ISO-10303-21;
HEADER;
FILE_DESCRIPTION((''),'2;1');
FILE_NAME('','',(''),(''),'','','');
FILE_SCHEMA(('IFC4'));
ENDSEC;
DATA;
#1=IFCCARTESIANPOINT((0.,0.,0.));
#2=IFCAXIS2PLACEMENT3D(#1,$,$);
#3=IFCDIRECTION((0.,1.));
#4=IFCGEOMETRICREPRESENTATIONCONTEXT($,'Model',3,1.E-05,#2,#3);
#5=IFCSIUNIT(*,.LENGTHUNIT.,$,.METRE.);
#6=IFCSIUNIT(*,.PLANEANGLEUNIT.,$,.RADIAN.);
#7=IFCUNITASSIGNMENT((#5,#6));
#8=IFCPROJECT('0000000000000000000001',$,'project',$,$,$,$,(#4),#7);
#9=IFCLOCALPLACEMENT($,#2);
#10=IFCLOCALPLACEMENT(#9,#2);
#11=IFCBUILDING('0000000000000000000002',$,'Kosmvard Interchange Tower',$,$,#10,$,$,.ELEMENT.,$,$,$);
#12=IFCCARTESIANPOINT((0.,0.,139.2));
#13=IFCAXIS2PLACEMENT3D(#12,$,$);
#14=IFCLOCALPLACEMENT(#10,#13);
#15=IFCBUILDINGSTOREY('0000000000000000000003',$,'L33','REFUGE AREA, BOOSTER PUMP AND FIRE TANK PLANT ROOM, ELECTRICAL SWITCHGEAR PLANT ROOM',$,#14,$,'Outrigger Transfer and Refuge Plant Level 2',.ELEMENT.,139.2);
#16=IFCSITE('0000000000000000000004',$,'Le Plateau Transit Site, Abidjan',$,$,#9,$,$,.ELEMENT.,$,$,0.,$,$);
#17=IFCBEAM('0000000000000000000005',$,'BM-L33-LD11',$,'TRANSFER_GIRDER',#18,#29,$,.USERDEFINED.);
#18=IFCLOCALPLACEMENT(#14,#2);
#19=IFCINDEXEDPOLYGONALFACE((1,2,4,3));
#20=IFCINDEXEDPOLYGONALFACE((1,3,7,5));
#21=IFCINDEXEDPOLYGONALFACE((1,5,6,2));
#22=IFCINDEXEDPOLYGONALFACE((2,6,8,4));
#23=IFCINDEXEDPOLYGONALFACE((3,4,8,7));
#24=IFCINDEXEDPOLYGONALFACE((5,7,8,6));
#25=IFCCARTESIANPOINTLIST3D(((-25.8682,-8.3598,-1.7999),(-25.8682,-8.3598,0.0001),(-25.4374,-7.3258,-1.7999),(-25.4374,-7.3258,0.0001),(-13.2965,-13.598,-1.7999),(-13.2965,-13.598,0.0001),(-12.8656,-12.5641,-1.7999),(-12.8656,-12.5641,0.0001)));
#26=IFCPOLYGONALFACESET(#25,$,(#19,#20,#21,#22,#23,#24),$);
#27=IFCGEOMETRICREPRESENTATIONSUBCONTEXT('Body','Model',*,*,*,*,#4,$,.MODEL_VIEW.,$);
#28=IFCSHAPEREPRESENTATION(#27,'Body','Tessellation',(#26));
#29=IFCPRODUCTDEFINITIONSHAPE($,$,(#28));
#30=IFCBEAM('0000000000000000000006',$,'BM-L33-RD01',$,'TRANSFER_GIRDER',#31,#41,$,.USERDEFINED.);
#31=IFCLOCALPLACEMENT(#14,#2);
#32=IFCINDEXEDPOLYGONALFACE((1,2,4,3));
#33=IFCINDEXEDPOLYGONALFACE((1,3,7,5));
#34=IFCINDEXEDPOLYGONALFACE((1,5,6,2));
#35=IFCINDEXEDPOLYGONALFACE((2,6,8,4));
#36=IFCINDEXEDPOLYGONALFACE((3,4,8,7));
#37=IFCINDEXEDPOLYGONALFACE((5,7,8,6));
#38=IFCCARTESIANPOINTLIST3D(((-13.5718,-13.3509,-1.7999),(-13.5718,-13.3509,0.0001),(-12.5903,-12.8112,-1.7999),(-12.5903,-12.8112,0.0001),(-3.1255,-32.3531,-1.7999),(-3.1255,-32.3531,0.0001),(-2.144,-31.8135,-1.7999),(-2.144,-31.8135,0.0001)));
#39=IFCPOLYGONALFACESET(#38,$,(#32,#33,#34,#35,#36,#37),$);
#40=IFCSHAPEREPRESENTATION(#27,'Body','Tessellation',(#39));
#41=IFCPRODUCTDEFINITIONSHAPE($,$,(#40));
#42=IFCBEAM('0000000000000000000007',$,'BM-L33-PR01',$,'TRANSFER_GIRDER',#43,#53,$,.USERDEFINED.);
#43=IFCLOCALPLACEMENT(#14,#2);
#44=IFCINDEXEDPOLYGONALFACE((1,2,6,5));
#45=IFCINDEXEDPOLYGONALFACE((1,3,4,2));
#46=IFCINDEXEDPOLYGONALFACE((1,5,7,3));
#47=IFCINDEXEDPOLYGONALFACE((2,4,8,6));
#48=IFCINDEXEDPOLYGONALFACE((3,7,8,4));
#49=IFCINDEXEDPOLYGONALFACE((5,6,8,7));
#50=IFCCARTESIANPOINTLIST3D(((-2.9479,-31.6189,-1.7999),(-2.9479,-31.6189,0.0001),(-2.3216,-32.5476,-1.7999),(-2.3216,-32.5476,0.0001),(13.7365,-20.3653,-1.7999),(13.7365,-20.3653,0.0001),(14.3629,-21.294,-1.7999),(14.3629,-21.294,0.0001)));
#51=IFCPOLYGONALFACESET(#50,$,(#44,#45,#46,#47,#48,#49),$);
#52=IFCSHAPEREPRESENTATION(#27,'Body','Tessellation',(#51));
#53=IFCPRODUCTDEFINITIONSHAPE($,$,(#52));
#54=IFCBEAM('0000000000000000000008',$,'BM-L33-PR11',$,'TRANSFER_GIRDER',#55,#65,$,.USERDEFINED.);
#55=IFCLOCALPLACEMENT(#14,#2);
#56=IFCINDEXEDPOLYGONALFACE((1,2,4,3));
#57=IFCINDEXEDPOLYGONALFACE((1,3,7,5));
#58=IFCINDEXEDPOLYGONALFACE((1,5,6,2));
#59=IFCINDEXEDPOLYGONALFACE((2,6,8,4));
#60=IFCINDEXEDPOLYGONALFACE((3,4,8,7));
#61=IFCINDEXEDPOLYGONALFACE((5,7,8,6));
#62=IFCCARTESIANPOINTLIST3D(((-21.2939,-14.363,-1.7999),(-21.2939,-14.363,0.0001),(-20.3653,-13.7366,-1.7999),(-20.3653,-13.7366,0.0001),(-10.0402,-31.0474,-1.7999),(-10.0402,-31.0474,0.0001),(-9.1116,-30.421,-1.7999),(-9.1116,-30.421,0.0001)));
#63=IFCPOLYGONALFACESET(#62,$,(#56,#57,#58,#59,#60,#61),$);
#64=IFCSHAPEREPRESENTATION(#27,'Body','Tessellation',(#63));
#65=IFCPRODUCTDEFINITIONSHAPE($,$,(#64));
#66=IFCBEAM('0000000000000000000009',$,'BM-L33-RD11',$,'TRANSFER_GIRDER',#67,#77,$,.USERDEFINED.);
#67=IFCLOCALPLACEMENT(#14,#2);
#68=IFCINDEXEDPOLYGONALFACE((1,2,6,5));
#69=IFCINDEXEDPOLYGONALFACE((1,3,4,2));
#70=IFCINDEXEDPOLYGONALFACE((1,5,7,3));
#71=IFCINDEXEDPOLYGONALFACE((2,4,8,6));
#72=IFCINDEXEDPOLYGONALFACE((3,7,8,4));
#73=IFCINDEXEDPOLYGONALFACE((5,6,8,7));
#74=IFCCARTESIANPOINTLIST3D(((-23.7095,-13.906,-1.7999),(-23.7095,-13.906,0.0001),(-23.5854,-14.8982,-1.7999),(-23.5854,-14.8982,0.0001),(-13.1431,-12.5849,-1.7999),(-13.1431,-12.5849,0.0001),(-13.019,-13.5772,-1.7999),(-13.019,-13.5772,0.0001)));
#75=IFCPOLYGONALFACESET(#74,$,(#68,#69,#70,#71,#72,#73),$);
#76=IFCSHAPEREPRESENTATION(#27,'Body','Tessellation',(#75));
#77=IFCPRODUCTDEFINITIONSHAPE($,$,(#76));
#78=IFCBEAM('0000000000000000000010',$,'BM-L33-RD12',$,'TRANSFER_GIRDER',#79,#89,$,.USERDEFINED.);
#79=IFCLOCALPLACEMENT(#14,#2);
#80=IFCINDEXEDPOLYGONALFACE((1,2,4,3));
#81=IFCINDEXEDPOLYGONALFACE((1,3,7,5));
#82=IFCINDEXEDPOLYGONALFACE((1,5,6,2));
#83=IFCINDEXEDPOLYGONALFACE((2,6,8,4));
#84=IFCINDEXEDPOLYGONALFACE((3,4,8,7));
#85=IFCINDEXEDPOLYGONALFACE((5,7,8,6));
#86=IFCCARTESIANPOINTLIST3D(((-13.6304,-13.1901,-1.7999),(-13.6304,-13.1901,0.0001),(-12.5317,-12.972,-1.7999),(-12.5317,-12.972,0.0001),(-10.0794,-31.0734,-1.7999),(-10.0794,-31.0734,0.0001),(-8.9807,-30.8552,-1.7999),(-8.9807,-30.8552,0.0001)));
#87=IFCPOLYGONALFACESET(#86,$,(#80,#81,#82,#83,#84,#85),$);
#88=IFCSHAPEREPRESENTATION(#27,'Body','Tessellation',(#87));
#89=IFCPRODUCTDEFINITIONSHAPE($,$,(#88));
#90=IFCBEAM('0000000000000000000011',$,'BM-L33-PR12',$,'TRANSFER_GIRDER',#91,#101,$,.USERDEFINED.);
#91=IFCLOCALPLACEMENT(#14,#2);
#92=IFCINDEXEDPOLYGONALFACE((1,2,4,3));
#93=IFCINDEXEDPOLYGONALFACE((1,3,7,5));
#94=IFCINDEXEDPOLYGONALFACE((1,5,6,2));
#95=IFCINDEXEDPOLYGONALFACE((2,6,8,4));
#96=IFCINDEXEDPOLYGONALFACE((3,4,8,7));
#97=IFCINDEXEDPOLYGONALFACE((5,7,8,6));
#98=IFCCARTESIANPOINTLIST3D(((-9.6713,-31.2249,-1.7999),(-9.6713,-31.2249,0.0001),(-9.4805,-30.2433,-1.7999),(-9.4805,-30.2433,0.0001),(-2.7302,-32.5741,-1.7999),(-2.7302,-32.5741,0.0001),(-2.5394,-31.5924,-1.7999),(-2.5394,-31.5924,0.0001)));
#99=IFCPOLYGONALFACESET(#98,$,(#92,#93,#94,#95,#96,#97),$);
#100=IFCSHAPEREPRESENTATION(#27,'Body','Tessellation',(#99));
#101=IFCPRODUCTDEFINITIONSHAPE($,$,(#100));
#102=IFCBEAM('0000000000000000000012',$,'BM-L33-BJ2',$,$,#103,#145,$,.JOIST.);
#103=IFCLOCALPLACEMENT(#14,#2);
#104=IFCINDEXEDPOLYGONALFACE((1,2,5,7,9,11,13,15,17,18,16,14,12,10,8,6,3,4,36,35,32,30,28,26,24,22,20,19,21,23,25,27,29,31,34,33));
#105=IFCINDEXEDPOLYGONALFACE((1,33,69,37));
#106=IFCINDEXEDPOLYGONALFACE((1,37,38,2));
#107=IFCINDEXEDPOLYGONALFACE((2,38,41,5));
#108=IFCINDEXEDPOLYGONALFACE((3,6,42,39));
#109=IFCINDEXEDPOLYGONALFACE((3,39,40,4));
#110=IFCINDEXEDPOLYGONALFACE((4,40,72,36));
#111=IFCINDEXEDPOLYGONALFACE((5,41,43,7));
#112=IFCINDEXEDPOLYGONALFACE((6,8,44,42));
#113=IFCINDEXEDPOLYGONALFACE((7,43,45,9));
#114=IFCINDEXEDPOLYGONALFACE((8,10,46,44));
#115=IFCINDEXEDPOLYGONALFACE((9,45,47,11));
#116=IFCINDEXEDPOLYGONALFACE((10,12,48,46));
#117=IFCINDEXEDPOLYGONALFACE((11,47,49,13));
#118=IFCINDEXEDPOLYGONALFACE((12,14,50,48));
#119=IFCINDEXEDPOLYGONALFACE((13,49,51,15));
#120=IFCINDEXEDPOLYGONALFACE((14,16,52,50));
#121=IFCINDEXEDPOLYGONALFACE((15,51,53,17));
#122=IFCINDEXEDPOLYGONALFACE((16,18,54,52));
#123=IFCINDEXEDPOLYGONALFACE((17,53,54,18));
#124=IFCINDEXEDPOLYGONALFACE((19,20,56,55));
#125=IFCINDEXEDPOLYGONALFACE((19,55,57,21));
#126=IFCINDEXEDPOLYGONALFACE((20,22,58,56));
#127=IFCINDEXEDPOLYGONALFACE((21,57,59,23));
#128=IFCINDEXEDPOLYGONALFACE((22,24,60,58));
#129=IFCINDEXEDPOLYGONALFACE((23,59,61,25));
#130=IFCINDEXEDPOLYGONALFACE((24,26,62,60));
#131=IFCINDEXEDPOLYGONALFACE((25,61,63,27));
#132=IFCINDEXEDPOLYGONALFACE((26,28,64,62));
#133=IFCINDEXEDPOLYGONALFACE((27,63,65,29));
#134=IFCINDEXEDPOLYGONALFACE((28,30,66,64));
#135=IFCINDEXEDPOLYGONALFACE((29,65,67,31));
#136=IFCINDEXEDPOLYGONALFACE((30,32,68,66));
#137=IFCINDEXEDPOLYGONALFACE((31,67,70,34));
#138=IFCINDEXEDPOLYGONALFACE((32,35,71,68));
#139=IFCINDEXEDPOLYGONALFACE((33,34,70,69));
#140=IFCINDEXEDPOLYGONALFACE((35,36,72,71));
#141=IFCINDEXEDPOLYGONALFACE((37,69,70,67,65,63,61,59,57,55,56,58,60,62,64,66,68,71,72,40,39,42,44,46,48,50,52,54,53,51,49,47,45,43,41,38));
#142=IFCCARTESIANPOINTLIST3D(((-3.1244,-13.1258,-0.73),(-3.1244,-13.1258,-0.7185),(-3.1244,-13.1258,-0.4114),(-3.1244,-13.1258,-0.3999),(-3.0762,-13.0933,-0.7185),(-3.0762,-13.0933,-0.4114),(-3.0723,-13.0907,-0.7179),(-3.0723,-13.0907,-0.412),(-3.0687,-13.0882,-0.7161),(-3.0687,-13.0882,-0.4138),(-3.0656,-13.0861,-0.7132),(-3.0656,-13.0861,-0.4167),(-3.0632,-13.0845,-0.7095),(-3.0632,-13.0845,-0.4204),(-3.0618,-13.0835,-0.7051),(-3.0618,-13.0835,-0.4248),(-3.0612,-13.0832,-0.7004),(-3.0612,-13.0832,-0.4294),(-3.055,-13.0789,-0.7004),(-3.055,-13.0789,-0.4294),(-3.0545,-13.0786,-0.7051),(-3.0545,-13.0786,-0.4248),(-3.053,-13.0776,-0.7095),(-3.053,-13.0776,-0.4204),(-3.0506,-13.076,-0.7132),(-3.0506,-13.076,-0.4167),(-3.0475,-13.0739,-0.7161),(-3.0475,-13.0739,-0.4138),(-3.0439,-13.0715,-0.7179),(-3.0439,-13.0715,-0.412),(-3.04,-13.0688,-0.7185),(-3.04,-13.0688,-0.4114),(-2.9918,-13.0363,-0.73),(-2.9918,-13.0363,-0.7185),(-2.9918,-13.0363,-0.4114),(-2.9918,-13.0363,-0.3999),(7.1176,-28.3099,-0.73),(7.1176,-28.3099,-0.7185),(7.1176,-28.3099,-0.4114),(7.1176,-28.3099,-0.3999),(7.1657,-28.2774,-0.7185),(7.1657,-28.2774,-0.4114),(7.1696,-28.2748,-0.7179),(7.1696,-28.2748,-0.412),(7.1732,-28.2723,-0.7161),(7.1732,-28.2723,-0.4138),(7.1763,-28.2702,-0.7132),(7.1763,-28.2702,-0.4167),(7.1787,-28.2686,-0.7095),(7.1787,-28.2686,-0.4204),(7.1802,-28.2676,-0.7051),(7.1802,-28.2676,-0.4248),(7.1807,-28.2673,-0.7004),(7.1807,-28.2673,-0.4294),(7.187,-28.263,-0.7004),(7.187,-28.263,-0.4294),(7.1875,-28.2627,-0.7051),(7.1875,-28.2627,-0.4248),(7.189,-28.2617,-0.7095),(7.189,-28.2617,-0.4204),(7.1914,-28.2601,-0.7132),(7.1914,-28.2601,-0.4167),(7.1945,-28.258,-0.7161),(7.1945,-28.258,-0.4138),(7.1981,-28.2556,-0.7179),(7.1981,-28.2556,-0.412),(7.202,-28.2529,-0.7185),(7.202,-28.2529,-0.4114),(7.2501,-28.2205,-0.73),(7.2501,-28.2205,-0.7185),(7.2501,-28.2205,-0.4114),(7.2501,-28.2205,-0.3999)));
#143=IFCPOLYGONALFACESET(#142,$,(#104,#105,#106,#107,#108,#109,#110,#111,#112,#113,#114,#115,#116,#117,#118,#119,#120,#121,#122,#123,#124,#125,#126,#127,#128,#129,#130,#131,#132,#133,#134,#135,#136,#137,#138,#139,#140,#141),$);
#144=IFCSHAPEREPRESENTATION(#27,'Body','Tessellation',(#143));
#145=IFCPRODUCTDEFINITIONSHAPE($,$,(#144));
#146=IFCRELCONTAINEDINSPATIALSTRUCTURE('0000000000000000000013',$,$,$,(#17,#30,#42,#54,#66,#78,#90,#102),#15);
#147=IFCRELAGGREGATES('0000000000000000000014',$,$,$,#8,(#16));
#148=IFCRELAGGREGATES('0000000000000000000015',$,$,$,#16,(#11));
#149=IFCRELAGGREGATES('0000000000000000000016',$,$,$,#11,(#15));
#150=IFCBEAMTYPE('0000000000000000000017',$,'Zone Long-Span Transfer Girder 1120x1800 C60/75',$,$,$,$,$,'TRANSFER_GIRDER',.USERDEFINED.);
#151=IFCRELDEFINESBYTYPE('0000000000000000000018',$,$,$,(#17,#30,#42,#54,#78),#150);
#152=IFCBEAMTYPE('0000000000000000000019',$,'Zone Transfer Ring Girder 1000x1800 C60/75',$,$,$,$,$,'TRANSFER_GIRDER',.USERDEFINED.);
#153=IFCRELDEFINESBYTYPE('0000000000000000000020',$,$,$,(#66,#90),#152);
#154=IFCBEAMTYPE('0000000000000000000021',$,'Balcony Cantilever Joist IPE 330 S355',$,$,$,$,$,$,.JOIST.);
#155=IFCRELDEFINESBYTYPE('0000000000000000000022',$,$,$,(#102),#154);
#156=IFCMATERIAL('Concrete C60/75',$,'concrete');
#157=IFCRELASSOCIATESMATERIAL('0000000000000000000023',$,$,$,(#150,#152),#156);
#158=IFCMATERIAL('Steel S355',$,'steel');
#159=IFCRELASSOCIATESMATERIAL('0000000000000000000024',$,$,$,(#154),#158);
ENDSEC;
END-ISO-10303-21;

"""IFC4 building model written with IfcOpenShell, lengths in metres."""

from ifc_helpers import new_model, si_unit, direction, frame, origin, origin_2d, place, context, subcontext, project, spatial, rectangle, i_section, extrude, source, transform, mapped, material, material_profile, profile_set, type_object, element, save


model = new_model("IFC4")

# Units and contexts
model_context = context("Model", 3, precision=1e-05, world=origin(), true_north=direction((0.0, 1.0)))
body_context = subcontext(model_context, "Body", "Model", "MODEL_VIEW")
ifc_project = project(units=[si_unit("LENGTHUNIT", "METRE"), si_unit("PLANEANGLEUNIT", "RADIAN")], contexts=[model_context])

# Site, building, storey
site_placement = place(None, origin())
site = spatial("IfcSite", under=ifc_project, at=site_placement, Name="Le Plateau Transit Site, Abidjan", CompositionType="ELEMENT", RefElevation=0.0)
building_placement = place(site_placement, origin())
building = spatial("IfcBuilding", under=site, at=building_placement, Name="Kosmvard Interchange Tower", CompositionType="ELEMENT")
storey_placement = place(building_placement, frame((0.0, 0.0, 139.2)))
storey = spatial("IfcBuildingStorey", under=building, at=storey_placement, Name="L33", Description="REFUGE AREA, BOOSTER PUMP AND FIRE TANK PLANT ROOM, ELECTRICAL SWITCHGEAR PLANT ROOM", LongName="Outrigger Transfer and Refuge Plant Level 2", CompositionType="ELEMENT", Elevation=139.2)

# Shared definitions
ifc_material_1 = material(Name="Concrete C60/75", Category="concrete")
ifc_material_profile_1 = material_profile(ifc_material_1, rectangle(XDim=1.1201, YDim=1.8, at=origin_2d()), Name="TG 1120x1800")
ifc_profile_set_1 = profile_set([ifc_material_profile_1], Name="Concrete C60/75")
beam_type_1 = type_object("IfcBeamType", Name="Zone Long-Span Transfer Girder 1120x1800 C60/75", ElementType="TRANSFER_GIRDER", PredefinedType="USERDEFINED", material=ifc_profile_set_1)
ifc_material_profile_2 = material_profile(ifc_material_1, rectangle(XDim=1.0, YDim=1.8, at=origin_2d()), Name="TG 1000x1800")
ifc_profile_set_2 = profile_set([ifc_material_profile_2], Name="Concrete C60/75")
beam_type_2 = type_object("IfcBeamType", Name="Zone Transfer Ring Girder 1000x1800 C60/75", ElementType="TRANSFER_GIRDER", PredefinedType="USERDEFINED", material=ifc_profile_set_2)

# Beams
shared_shape_1 = source(origin(), body_context, "Body", "SweptSolid", [
    extrude(rectangle(XDim=1.1201, YDim=1.8, at=origin_2d()), origin(), (0.0, 0.0, 1.0), 13.6194),
])
beam_1_placement = place(storey_placement, frame((-13.0811, -13.0811, -0.8999), z_axis=(-0.923076, 0.384618, 0.0), x_axis=(-0.384618, -0.923076, 0.0)))
element("IfcBeam", 1, at=beam_1_placement, inside=storey, type_object=beam_type_1, Name="BM-L33-LD11", ObjectType="TRANSFER_GIRDER", PredefinedType="USERDEFINED", context=body_context, shape_type="MappedRepresentation", body=[
    mapped(shared_shape_1, transform((0.0, 0.0, 0.0), scale=1.0)),
])
shared_shape_2 = source(origin(), body_context, "Body", "SweptSolid", [
    extrude(rectangle(XDim=1.1201, YDim=1.8, at=origin_2d()), origin(), (0.0, 0.0, 1.0), 21.6843),
])
beam_2_placement = place(storey_placement, frame((-13.0811, -13.0811, -0.8999), z_axis=(0.481745, -0.876312, 0.0), x_axis=(0.876312, 0.481745, 0.0)))
element("IfcBeam", 2, at=beam_2_placement, inside=storey, type_object=beam_type_1, Name="BM-L33-RD01", ObjectType="TRANSFER_GIRDER", PredefinedType="USERDEFINED", context=body_context, shape_type="MappedRepresentation", body=[
    mapped(shared_shape_2, transform((0.0, 0.0, 0.0), scale=1.0)),
])
shared_shape_3 = source(origin(), body_context, "Body", "SweptSolid", [
    extrude(rectangle(XDim=1.1201, YDim=1.8, at=origin_2d()), origin(), (0.0, 0.0, 1.0), 20.125),
])
for number, where, z_axis, x_axis, name in (
    (3, (-2.6348, -32.0833, -0.8999), (0.829043, 0.559185, 0.0), (-0.559185, 0.829043, 0.0), "BM-L33-PR01"),
    (4, (-20.8296, -14.0498, -0.8999), (0.559191, -0.829039, 0.0), (0.829039, 0.559191, 0.0), "BM-L33-PR11"),
):
    element("IfcBeam", number, at=place(storey_placement, frame(where, z_axis=z_axis, x_axis=x_axis)), inside=storey, type_object=beam_type_1, Name=name, ObjectType="TRANSFER_GIRDER", PredefinedType="USERDEFINED", context=body_context, shape_type="MappedRepresentation", body=[
        mapped(shared_shape_3, transform((0.0, 0.0, 0.0), scale=1.0)),
    ])
shared_shape_4 = source(origin(), body_context, "Body", "SweptSolid", [
    extrude(rectangle(XDim=1.0, YDim=1.8, at=origin_2d()), origin(), (0.0, 0.0, 1.0), 10.6487),
])
beam_3_placement = place(storey_placement, frame((-13.0811, -13.0811, -0.8999), z_axis=(-0.992275, -0.124057, 0.0), x_axis=(0.124057, -0.992275, 0.0)))
element("IfcBeam", 5, at=beam_3_placement, inside=storey, type_object=beam_type_2, Name="BM-L33-RD11", ObjectType="TRANSFER_GIRDER", PredefinedType="USERDEFINED", context=body_context, shape_type="MappedRepresentation", body=[
    mapped(shared_shape_4, transform((0.0, 0.0, 0.0), scale=1.0)),
])
shared_shape_5 = source(origin(), body_context, "Body", "SweptSolid", [
    extrude(rectangle(XDim=1.1201, YDim=1.8, at=origin_2d()), origin(), (0.0, 0.0, 1.0), 18.2324),
])
beam_4_placement = place(storey_placement, frame((-13.0811, -13.0811, -0.8999), z_axis=(0.194764, -0.98085, 0.0), x_axis=(0.98085, 0.194764, 0.0)))
element("IfcBeam", 6, at=beam_4_placement, inside=storey, type_object=beam_type_1, Name="BM-L33-RD12", ObjectType="TRANSFER_GIRDER", PredefinedType="USERDEFINED", context=body_context, shape_type="MappedRepresentation", body=[
    mapped(shared_shape_5, transform((0.0, 0.0, 0.0), scale=1.0)),
])
shared_shape_6 = source(origin(), body_context, "Body", "SweptSolid", [
    extrude(rectangle(XDim=1.0, YDim=1.8, at=origin_2d()), origin(), (0.0, 0.0, 1.0), 7.071),
])
beam_5_placement = place(storey_placement, frame((-9.5759, -30.7341, -0.8999), z_axis=(0.98163, -0.190795, 0.0), x_axis=(0.190795, 0.98163, 0.0)))
element("IfcBeam", 7, at=beam_5_placement, inside=storey, type_object=beam_type_2, Name="BM-L33-PR12", ObjectType="TRANSFER_GIRDER", PredefinedType="USERDEFINED", context=body_context, shape_type="MappedRepresentation", body=[
    mapped(shared_shape_6, transform((0.0, 0.0, 0.0), scale=1.0)),
])
ifc_material_2 = material(Name="Steel S355", Category="steel")
ifc_material_profile_3 = material_profile(ifc_material_2, i_section(OverallWidth=0.1599, OverallDepth=0.3301, WebThickness=0.0076, FlangeThickness=0.0115, FilletRadius=0.0181, at=origin_2d()), Name="IPE 330")
ifc_profile_set_3 = profile_set([ifc_material_profile_3], Name="Steel S355")
beam_type_3 = type_object("IfcBeamType", Name="Balcony Cantilever Joist IPE 330 S355", PredefinedType="JOIST", material=ifc_profile_set_3)
shared_shape_7 = source(origin(), body_context, "Body", "SweptSolid", [
    extrude(i_section(OverallWidth=0.1599, OverallDepth=0.3301, WebThickness=0.0076, FlangeThickness=0.0115, FilletRadius=0.0181, at=origin_2d()), origin(), (0.0, 0.0, 1.0), 18.3154),
])
beam_6_placement = place(storey_placement, frame((-3.0581, -13.0811, -0.5649), z_axis=(0.559199, -0.829034, 0.0), x_axis=(0.829034, 0.559199, 0.0)))
element("IfcBeam", 8, at=beam_6_placement, inside=storey, type_object=beam_type_3, Name="BM-L33-BJ2", PredefinedType="JOIST", context=body_context, shape_type="MappedRepresentation", body=[
    mapped(shared_shape_7, transform((0.0, 0.0, 0.0), scale=1.0)),
])

save(model, "model.ifc")
